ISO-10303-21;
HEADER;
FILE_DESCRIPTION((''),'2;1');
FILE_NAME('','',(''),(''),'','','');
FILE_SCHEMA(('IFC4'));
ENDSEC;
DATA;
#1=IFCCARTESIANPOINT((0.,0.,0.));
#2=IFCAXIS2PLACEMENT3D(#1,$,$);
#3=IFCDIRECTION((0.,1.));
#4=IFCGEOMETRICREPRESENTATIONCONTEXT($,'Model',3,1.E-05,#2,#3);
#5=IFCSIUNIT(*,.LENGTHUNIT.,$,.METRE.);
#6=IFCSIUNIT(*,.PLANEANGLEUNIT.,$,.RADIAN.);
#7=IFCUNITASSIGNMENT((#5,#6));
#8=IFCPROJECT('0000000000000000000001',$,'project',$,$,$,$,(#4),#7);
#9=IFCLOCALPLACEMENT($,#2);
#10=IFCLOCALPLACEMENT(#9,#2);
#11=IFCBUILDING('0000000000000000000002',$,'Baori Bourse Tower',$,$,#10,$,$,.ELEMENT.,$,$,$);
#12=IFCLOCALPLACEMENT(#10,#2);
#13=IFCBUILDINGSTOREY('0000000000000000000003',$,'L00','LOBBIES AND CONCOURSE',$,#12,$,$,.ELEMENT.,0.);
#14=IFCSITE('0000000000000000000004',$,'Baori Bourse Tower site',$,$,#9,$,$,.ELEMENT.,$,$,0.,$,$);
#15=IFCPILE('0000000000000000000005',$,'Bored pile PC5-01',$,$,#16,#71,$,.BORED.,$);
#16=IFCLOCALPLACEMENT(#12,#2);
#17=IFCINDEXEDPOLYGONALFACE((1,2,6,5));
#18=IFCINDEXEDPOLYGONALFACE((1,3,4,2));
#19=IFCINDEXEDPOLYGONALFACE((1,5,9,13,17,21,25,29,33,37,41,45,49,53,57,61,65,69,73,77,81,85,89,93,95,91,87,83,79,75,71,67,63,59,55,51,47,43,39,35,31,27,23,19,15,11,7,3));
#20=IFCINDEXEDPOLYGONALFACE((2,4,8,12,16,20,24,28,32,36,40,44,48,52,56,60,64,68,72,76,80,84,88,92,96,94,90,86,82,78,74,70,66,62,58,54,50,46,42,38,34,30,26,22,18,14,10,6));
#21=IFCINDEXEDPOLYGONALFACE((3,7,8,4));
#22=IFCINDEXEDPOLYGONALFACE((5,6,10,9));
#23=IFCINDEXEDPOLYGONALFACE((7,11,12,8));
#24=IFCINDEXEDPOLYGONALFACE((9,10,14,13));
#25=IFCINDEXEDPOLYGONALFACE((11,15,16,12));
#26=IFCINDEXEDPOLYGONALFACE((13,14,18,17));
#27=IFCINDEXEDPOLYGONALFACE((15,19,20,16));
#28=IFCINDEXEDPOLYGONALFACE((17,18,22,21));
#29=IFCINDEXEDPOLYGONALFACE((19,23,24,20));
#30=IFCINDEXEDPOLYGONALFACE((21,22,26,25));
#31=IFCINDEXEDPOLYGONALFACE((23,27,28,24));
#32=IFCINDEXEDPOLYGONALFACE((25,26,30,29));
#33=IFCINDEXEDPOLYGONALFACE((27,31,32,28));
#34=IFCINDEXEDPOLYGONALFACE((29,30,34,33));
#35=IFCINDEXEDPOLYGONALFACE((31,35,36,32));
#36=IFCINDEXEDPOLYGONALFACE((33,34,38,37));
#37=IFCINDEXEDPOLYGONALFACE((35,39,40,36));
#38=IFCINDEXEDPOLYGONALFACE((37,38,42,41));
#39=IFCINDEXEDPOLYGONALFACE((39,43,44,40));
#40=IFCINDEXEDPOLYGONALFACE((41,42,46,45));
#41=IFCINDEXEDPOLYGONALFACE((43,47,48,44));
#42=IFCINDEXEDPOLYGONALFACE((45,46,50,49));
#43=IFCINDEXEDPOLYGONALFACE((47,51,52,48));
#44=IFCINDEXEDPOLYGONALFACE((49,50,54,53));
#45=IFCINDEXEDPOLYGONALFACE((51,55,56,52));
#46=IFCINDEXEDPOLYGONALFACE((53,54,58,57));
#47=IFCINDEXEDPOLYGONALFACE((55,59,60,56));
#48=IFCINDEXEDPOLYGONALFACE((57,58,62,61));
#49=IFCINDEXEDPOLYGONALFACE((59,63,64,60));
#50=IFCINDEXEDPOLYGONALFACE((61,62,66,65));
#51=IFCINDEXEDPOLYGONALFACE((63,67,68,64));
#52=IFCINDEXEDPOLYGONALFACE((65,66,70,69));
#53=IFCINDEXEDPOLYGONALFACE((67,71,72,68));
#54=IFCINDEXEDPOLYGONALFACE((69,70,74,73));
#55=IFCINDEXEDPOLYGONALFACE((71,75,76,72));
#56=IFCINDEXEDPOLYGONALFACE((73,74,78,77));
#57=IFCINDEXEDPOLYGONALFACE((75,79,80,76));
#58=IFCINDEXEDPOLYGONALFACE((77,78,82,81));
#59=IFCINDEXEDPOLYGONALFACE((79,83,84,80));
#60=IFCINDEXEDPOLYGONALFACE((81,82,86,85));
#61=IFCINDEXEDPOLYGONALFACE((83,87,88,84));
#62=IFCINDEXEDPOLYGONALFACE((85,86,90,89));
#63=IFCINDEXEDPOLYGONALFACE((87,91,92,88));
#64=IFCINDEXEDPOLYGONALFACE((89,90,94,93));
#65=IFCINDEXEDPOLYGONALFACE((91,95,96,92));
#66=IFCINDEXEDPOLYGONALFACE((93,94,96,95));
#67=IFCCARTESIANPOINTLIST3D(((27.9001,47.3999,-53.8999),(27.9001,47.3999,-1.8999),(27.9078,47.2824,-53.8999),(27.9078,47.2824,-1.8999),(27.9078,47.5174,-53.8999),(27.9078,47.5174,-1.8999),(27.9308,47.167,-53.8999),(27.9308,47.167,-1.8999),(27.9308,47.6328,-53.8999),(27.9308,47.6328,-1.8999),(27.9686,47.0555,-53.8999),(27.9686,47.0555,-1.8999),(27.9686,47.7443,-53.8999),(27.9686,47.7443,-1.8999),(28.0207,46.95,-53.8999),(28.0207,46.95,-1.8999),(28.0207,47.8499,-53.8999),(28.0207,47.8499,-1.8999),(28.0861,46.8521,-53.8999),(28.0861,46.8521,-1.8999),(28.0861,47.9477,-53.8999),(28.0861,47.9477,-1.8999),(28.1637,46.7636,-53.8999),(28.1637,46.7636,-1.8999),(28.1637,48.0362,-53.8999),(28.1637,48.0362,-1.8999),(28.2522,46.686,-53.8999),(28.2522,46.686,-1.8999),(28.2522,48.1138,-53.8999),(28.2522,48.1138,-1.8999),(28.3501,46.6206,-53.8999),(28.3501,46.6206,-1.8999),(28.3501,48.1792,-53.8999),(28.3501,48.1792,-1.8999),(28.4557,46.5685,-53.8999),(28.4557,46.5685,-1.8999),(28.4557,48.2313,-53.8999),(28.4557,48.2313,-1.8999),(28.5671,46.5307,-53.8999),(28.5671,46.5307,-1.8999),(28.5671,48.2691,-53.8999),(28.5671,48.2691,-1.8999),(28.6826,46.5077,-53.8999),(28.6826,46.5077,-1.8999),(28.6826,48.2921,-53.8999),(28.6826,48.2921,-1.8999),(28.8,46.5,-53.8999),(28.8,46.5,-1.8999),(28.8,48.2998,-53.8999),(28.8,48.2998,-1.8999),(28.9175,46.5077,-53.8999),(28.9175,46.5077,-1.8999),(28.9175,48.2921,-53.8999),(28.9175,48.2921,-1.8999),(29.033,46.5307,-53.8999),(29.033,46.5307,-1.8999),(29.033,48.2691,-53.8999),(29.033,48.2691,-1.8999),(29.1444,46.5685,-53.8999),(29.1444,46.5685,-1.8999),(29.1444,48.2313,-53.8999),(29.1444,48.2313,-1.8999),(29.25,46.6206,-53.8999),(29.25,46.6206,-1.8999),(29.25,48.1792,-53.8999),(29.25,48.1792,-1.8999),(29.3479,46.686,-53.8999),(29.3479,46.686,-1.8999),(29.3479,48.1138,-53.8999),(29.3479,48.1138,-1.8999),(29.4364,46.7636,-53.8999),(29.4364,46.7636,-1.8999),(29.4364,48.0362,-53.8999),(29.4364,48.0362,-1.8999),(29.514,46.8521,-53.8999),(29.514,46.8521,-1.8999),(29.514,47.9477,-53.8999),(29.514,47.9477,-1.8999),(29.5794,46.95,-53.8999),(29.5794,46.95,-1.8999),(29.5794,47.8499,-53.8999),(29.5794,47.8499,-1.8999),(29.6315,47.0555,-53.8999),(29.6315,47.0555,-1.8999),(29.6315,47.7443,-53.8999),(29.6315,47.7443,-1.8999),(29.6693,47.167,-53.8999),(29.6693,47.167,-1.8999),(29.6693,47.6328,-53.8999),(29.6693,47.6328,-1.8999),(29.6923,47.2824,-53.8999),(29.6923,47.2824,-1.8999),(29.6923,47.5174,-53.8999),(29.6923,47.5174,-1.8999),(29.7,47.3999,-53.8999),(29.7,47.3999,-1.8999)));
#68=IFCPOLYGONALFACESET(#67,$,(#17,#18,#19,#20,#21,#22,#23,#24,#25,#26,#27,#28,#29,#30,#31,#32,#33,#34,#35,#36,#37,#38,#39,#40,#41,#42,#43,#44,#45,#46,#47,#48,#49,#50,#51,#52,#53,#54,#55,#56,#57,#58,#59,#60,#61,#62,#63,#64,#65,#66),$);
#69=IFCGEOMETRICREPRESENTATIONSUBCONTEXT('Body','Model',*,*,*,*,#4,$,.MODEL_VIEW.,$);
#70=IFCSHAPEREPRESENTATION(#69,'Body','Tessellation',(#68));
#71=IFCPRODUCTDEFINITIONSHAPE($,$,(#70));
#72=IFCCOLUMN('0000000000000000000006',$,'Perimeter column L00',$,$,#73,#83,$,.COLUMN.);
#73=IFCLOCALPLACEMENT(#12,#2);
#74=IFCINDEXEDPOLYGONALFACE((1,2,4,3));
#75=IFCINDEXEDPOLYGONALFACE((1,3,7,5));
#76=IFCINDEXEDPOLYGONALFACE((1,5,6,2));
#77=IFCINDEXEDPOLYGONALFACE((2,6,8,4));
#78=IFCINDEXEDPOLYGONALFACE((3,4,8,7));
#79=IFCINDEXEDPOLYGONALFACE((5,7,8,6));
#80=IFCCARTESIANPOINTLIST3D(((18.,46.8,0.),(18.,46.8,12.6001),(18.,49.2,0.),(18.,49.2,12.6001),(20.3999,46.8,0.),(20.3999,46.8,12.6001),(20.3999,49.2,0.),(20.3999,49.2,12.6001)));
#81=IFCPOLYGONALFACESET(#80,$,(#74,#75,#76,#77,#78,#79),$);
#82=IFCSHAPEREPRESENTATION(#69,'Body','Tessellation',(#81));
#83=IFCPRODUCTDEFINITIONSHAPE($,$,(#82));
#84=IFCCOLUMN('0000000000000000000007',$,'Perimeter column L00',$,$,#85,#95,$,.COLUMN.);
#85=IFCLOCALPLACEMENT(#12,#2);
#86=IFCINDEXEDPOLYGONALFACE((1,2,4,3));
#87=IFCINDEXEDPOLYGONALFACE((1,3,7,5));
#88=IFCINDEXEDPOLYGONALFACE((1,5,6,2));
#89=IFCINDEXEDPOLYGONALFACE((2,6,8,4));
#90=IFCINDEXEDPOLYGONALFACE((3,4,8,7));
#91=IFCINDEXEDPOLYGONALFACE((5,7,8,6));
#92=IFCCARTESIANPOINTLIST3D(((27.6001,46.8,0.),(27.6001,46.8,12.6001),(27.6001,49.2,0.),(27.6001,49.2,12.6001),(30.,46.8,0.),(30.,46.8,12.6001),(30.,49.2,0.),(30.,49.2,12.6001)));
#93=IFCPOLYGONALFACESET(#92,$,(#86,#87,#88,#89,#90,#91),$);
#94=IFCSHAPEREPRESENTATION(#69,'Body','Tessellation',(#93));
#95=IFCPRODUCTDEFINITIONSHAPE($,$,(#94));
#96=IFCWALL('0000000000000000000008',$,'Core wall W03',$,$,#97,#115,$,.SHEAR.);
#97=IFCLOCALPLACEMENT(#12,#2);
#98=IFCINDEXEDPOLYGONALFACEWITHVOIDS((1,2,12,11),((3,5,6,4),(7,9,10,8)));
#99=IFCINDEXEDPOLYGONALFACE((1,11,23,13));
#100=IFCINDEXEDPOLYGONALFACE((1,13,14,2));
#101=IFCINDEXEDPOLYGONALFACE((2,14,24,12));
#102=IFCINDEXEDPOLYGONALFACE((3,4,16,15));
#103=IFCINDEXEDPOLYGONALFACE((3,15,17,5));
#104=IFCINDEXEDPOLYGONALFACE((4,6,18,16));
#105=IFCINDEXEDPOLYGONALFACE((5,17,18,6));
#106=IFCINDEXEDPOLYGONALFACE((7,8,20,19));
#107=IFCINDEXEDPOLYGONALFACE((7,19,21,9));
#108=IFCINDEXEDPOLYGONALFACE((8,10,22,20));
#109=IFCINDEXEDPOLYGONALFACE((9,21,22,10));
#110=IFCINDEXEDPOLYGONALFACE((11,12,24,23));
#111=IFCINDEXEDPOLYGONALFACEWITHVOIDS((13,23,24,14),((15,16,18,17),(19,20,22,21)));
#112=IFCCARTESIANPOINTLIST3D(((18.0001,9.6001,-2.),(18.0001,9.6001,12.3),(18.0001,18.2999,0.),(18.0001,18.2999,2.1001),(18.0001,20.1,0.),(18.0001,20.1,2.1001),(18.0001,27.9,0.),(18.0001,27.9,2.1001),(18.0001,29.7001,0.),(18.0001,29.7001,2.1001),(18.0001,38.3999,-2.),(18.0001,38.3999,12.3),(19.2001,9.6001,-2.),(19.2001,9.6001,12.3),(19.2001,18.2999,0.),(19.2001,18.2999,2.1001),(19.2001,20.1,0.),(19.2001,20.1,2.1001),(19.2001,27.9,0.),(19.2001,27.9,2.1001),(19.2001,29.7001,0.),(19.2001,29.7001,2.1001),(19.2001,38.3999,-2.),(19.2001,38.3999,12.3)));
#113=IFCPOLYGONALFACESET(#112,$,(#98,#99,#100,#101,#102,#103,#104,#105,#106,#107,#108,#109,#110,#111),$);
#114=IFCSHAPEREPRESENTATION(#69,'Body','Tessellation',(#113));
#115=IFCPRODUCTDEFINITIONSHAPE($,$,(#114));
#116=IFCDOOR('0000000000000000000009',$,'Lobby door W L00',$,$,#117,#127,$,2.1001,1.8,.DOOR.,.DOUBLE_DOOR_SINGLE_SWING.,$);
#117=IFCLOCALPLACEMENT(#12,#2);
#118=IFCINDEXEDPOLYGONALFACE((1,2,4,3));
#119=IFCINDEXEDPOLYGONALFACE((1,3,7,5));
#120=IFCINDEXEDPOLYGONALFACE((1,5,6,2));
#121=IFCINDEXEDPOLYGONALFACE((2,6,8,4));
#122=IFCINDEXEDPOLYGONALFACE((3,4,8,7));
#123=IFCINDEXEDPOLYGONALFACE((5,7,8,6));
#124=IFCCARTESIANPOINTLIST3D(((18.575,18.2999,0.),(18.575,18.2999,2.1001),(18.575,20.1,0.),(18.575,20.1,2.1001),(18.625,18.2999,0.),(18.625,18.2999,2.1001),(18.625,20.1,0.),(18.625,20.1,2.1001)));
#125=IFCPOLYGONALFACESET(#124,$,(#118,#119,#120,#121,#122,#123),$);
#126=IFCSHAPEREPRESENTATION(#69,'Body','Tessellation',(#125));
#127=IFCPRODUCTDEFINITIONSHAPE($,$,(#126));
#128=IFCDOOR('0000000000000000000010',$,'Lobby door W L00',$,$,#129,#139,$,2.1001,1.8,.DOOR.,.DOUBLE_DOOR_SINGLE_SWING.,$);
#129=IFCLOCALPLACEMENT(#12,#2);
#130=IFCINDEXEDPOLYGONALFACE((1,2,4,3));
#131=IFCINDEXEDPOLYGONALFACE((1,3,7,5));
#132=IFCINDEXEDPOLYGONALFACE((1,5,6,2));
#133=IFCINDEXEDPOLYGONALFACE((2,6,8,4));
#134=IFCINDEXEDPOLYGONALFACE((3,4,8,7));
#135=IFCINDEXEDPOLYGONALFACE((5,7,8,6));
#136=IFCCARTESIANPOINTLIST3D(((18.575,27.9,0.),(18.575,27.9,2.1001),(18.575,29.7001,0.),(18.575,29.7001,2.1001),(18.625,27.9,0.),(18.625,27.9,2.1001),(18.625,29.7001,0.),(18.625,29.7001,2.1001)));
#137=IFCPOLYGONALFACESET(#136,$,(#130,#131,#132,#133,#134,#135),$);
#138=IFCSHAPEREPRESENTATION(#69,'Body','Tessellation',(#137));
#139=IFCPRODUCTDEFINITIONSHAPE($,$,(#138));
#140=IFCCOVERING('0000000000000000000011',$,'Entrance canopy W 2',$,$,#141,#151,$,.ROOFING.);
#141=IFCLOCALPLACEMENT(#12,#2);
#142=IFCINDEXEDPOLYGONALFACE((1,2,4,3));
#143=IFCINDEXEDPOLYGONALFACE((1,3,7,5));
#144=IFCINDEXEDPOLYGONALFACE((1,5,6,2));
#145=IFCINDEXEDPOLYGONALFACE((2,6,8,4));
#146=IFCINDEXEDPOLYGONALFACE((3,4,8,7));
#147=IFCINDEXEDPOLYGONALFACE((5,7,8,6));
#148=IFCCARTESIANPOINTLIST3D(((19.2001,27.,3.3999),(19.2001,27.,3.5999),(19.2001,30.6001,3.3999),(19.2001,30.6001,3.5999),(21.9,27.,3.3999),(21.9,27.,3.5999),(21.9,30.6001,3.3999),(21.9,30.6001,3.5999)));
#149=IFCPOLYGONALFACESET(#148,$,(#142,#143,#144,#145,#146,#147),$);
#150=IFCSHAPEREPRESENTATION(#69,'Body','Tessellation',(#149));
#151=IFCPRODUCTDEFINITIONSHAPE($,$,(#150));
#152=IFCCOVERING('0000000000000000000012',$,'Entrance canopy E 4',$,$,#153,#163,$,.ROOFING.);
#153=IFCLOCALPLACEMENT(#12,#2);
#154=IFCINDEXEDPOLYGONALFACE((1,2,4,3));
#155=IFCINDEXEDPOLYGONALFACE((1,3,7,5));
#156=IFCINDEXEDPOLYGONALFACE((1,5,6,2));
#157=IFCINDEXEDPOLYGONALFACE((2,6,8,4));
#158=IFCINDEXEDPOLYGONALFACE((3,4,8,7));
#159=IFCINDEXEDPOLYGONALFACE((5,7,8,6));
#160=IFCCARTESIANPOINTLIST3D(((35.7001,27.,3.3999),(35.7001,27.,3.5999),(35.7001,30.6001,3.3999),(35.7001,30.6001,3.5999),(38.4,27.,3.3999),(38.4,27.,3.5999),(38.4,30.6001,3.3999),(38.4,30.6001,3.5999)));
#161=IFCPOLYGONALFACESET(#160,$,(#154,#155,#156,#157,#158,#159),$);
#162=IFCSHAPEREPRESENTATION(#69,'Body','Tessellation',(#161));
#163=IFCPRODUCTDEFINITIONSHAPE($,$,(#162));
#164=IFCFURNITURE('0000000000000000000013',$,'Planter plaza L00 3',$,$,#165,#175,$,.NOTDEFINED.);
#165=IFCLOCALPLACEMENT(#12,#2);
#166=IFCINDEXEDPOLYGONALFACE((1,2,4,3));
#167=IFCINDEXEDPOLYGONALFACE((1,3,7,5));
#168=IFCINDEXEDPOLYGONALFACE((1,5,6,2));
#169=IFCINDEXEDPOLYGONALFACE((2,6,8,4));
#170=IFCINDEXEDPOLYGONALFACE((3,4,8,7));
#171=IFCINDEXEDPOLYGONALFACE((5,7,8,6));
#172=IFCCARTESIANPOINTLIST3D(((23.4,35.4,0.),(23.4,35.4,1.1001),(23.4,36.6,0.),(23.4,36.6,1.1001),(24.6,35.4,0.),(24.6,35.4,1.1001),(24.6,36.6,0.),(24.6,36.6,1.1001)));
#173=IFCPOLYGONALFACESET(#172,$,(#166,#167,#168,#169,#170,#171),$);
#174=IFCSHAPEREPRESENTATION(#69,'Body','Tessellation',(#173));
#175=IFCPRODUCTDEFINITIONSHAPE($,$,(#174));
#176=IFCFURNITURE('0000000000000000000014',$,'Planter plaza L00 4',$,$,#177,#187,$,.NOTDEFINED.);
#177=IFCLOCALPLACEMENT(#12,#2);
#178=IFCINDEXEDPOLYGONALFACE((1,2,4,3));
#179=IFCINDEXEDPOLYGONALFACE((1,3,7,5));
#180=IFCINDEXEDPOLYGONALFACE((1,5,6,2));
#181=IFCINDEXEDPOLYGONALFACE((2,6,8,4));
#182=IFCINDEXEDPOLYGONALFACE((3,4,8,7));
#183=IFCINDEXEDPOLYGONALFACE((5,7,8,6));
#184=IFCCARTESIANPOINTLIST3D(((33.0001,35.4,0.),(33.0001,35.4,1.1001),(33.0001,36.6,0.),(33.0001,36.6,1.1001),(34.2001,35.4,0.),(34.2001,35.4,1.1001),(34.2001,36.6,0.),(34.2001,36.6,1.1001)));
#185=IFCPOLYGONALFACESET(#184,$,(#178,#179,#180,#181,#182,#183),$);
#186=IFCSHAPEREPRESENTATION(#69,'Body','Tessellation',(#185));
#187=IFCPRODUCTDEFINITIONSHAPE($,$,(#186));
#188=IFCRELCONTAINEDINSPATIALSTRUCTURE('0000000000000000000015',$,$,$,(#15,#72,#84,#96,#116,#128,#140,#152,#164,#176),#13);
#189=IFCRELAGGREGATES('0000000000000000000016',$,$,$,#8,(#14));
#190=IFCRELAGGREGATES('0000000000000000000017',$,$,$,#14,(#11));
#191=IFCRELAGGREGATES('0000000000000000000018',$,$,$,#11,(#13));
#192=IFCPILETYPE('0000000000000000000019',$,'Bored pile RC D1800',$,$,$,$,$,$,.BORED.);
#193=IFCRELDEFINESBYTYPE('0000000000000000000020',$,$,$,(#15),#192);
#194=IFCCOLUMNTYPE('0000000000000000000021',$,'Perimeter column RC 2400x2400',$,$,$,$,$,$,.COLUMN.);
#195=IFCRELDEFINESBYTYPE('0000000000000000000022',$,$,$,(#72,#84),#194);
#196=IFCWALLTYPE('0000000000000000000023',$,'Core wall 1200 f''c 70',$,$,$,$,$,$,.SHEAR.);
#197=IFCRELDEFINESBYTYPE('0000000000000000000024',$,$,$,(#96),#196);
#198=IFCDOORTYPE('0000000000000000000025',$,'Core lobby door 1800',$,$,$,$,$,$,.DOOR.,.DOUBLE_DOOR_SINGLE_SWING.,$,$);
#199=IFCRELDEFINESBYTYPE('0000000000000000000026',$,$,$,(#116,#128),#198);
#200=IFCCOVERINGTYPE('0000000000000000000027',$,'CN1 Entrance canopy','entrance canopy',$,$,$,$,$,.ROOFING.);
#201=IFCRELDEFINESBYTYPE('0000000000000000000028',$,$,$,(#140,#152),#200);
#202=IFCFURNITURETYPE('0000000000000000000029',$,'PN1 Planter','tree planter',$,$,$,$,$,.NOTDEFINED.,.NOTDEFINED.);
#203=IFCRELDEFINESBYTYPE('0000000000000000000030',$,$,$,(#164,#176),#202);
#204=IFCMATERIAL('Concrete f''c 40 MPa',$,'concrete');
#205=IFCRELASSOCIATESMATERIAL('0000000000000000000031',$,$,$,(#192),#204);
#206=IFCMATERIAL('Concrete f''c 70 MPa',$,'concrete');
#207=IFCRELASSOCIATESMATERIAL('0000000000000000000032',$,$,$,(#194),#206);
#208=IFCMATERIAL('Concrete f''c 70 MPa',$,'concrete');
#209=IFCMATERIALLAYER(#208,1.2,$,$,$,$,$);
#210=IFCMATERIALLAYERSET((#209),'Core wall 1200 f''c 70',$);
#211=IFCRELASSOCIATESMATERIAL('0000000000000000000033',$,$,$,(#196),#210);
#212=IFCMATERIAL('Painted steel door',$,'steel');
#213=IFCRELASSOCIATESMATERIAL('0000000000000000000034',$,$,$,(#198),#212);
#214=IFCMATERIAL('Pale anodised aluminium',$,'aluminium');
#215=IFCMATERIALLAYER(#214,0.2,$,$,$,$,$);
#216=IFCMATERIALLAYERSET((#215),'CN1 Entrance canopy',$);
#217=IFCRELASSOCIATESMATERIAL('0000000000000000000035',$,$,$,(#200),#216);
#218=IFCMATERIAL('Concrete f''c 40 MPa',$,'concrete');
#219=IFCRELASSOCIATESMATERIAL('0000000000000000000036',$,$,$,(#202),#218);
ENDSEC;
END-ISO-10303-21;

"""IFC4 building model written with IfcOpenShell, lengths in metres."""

from ifc_helpers import new_model, si_unit, direction, frame, frame_2d, origin, origin_2d, place, context, subcontext, project, spatial, rectangle, circle, extrude, material, layer, layer_set, material_profile, profile_set, type_object, element, fill, save


model = new_model("IFC4")

# Units and contexts
model_context = context("Model", 3, precision=1e-05, world=origin(), true_north=direction((0.0, 1.0)))
body_context = subcontext(model_context, "Body", "Model", "MODEL_VIEW")
ifc_project = project(units=[si_unit("LENGTHUNIT", "METRE"), si_unit("PLANEANGLEUNIT", "RADIAN")], contexts=[model_context])

# Site, building, storey
site_placement = place(None, origin())
site = spatial("IfcSite", under=ifc_project, at=site_placement, Name="Baori Bourse Tower site", CompositionType="ELEMENT", RefElevation=0.0)
building_placement = place(site_placement, origin())
building = spatial("IfcBuilding", under=site, at=building_placement, Name="Baori Bourse Tower", CompositionType="ELEMENT")
storey_placement = place(building_placement, origin())
storey = spatial("IfcBuildingStorey", under=building, at=storey_placement, Name="L00", Description="LOBBIES AND CONCOURSE", CompositionType="ELEMENT", Elevation=0.0)

# Pile
ifc_material_1 = material(Name="Concrete f'c 40 MPa", Category="concrete")
ifc_material_profile_1 = material_profile(ifc_material_1, circle(Radius=0.8999, at=origin_2d()), Name="RC D1800")
ifc_profile_set_1 = profile_set([ifc_material_profile_1], Name="Concrete f'c 40 MPa")
pile_type = type_object("IfcPileType", Name="Bored pile RC D1800", PredefinedType="BORED", material=ifc_profile_set_1)
pile_1_placement = place(storey_placement, frame((28.8, 47.3999, -1.8999), z_axis=(0.0, 0.0, -1.0), x_axis=(1.0, 0.0, 0.0)))
element("IfcPile", 1, at=pile_1_placement, inside=storey, type_object=pile_type, Name="Bored pile PC5-01", PredefinedType="BORED", context=body_context, shape_type="SweptSolid", body=[
    extrude(circle(Radius=0.8999, at=origin_2d()), origin(), (0.0, 0.0, 1.0), 52.0),
])

# Columns
ifc_material_2 = material(Name="Concrete f'c 70 MPa", Category="concrete")
ifc_material_profile_2 = material_profile(ifc_material_2, rectangle(XDim=2.3999, YDim=2.3999, at=origin_2d()), Name="RC 2400x2400")
ifc_profile_set_2 = profile_set([ifc_material_profile_2], Name="Concrete f'c 70 MPa")
column_type = type_object("IfcColumnType", Name="Perimeter column RC 2400x2400", PredefinedType="COLUMN", material=ifc_profile_set_2)
for number, where, z_axis, x_axis, name in (
    (2, (19.2, 48.0, 0.0), (0.0, 0.0, 1.0), (1.0, 0.0, 0.0), "Perimeter column L00"),
    (3, (28.8, 48.0, 0.0), (0.0, 0.0, 1.0), (1.0, 0.0, 0.0), "Perimeter column L00"),
):
    element("IfcColumn", number, at=place(storey_placement, frame(where, z_axis=z_axis, x_axis=x_axis)), inside=storey, type_object=column_type, Name=name, PredefinedType="COLUMN", context=body_context, shape_type="SweptSolid", body=[
        extrude(rectangle(XDim=2.3999, YDim=2.3999, at=origin_2d()), origin(), (0.0, 0.0, 1.0), 12.6001),
    ])

# Wall, openings, doors
ifc_material_3 = material(Name="Concrete f'c 70 MPa", Category="concrete")
ifc_layer_1 = layer(ifc_material_3, 1.2)
ifc_layer_set_1 = layer_set([ifc_layer_1], Name="Core wall 1200 f'c 70")
wall_type = type_object("IfcWallType", Name="Core wall 1200 f'c 70", PredefinedType="SHEAR", material=ifc_layer_set_1)
wall_placement = place(storey_placement, frame((18.6001, 38.3999, -2.0), z_axis=(0.0, 0.0, 1.0), x_axis=(0.0, -1.0, 0.0)))
wall = element("IfcWall", 4, at=wall_placement, inside=storey, type_object=wall_type, Name="Core wall W03", PredefinedType="SHEAR", context=body_context, shape_type="SweptSolid", body=[
    extrude(rectangle(XDim=28.7998, YDim=1.2, at=frame_2d((14.3999, 0.0))), origin(), (0.0, 0.0, 1.0), 14.3),
])
opening_1_placement = place(wall_placement, frame((18.3, 0.0, 2.0)))
opening_1 = element("IfcOpeningElement", 5, at=opening_1_placement, cuts=wall, PredefinedType="OPENING", context=body_context, shape_type="SweptSolid", body=[
    extrude(rectangle(XDim=1.8, YDim=2.1001, at=frame_2d((0.8999, 1.05))), frame((0.0, 0.6099, 0.0), z_axis=(0.0, -1.0, 0.0), x_axis=(1.0, 0.0, 0.0)), (0.0, 0.0, 1.0), 1.22),
])
opening_2_placement = place(wall_placement, frame((8.7, 0.0, 2.0)))
opening_2 = element("IfcOpeningElement", 6, at=opening_2_placement, cuts=wall, PredefinedType="OPENING", context=body_context, shape_type="SweptSolid", body=[
    extrude(rectangle(XDim=1.8, YDim=2.1001, at=frame_2d((0.8999, 1.05))), frame((0.0, 0.6099, 0.0), z_axis=(0.0, -1.0, 0.0), x_axis=(1.0, 0.0, 0.0)), (0.0, 0.0, 1.0), 1.22),
])
ifc_material_4 = material(Name="Painted steel door", Category="steel")
door_type = type_object("IfcDoorType", Name="Core lobby door 1800", OperationType="DOUBLE_DOOR_SINGLE_SWING", PredefinedType="DOOR", material=ifc_material_4)
door_1_placement = place(opening_1_placement, origin())
door_1 = element("IfcDoor", 7, at=door_1_placement, inside=storey, type_object=door_type, Name="Lobby door W L00", OperationType="DOUBLE_DOOR_SINGLE_SWING", OverallHeight=2.1001, OverallWidth=1.8, PredefinedType="DOOR", context=body_context, shape_type="SweptSolid", body=[
    extrude(rectangle(XDim=1.8, YDim=2.1001, at=frame_2d((0.8999, 1.05))), frame((0.0, 0.0249, 0.0), z_axis=(0.0, -1.0, 0.0), x_axis=(1.0, 0.0, 0.0)), (0.0, 0.0, 1.0), 0.05),
])
fill(opening_1, door_1)
door_2_placement = place(opening_2_placement, origin())
door_2 = element("IfcDoor", 8, at=door_2_placement, inside=storey, type_object=door_type, Name="Lobby door W L00", OperationType="DOUBLE_DOOR_SINGLE_SWING", OverallHeight=2.1001, OverallWidth=1.8, PredefinedType="DOOR", context=body_context, shape_type="SweptSolid", body=[
    extrude(rectangle(XDim=1.8, YDim=2.1001, at=frame_2d((0.8999, 1.05))), frame((0.0, 0.0249, 0.0), z_axis=(0.0, -1.0, 0.0), x_axis=(1.0, 0.0, 0.0)), (0.0, 0.0, 1.0), 0.05),
])
fill(opening_2, door_2)

# Coverings
ifc_material_5 = material(Name="Pale anodised aluminium", Category="aluminium")
ifc_layer_2 = layer(ifc_material_5, 0.2)
ifc_layer_set_2 = layer_set([ifc_layer_2], Name="CN1 Entrance canopy")
covering_type = type_object("IfcCoveringType", Name="CN1 Entrance canopy", Description="entrance canopy", PredefinedType="ROOFING", material=ifc_layer_set_2)
for number, where, z_axis, x_axis, name in (
    (9, (20.55, 28.8, 3.3999), (0.0, 0.0, 1.0), (1.0, 0.0, 0.0), "Entrance canopy W 2"),
    (10, (37.05, 28.8, 3.3999), (0.0, 0.0, 1.0), (1.0, 0.0, 0.0), "Entrance canopy E 4"),
):
    element("IfcCovering", number, at=place(storey_placement, frame(where, z_axis=z_axis, x_axis=x_axis)), inside=storey, type_object=covering_type, Name=name, PredefinedType="ROOFING", context=body_context, shape_type="SweptSolid", body=[
        extrude(rectangle(XDim=2.7, YDim=3.6001, at=origin_2d()), origin(), (0.0, 0.0, 1.0), 0.2),
    ])

# Furniture
ifc_material_6 = material(Name="Concrete f'c 40 MPa", Category="concrete")
furniture_type = type_object("IfcFurnitureType", Name="PN1 Planter", Description="tree planter", AssemblyPlace="NOTDEFINED", PredefinedType="NOTDEFINED", material=ifc_material_6)
for number, where, z_axis, x_axis, name in (
    (11, (24.0, 36.0, 0.0), (0.0, 0.0, 1.0), (1.0, 0.0, 0.0), "Planter plaza L00 3"),
    (12, (33.6001, 36.0, 0.0), (0.0, 0.0, 1.0), (1.0, 0.0, 0.0), "Planter plaza L00 4"),
):
    element("IfcFurniture", number, at=place(storey_placement, frame(where, z_axis=z_axis, x_axis=x_axis)), inside=storey, type_object=furniture_type, Name=name, PredefinedType="NOTDEFINED", context=body_context, shape_type="SweptSolid", body=[
        extrude(rectangle(XDim=1.2, YDim=1.2, at=origin_2d()), origin(), (0.0, 0.0, 1.0), 1.1001),
    ])

save(model, "model.ifc")
